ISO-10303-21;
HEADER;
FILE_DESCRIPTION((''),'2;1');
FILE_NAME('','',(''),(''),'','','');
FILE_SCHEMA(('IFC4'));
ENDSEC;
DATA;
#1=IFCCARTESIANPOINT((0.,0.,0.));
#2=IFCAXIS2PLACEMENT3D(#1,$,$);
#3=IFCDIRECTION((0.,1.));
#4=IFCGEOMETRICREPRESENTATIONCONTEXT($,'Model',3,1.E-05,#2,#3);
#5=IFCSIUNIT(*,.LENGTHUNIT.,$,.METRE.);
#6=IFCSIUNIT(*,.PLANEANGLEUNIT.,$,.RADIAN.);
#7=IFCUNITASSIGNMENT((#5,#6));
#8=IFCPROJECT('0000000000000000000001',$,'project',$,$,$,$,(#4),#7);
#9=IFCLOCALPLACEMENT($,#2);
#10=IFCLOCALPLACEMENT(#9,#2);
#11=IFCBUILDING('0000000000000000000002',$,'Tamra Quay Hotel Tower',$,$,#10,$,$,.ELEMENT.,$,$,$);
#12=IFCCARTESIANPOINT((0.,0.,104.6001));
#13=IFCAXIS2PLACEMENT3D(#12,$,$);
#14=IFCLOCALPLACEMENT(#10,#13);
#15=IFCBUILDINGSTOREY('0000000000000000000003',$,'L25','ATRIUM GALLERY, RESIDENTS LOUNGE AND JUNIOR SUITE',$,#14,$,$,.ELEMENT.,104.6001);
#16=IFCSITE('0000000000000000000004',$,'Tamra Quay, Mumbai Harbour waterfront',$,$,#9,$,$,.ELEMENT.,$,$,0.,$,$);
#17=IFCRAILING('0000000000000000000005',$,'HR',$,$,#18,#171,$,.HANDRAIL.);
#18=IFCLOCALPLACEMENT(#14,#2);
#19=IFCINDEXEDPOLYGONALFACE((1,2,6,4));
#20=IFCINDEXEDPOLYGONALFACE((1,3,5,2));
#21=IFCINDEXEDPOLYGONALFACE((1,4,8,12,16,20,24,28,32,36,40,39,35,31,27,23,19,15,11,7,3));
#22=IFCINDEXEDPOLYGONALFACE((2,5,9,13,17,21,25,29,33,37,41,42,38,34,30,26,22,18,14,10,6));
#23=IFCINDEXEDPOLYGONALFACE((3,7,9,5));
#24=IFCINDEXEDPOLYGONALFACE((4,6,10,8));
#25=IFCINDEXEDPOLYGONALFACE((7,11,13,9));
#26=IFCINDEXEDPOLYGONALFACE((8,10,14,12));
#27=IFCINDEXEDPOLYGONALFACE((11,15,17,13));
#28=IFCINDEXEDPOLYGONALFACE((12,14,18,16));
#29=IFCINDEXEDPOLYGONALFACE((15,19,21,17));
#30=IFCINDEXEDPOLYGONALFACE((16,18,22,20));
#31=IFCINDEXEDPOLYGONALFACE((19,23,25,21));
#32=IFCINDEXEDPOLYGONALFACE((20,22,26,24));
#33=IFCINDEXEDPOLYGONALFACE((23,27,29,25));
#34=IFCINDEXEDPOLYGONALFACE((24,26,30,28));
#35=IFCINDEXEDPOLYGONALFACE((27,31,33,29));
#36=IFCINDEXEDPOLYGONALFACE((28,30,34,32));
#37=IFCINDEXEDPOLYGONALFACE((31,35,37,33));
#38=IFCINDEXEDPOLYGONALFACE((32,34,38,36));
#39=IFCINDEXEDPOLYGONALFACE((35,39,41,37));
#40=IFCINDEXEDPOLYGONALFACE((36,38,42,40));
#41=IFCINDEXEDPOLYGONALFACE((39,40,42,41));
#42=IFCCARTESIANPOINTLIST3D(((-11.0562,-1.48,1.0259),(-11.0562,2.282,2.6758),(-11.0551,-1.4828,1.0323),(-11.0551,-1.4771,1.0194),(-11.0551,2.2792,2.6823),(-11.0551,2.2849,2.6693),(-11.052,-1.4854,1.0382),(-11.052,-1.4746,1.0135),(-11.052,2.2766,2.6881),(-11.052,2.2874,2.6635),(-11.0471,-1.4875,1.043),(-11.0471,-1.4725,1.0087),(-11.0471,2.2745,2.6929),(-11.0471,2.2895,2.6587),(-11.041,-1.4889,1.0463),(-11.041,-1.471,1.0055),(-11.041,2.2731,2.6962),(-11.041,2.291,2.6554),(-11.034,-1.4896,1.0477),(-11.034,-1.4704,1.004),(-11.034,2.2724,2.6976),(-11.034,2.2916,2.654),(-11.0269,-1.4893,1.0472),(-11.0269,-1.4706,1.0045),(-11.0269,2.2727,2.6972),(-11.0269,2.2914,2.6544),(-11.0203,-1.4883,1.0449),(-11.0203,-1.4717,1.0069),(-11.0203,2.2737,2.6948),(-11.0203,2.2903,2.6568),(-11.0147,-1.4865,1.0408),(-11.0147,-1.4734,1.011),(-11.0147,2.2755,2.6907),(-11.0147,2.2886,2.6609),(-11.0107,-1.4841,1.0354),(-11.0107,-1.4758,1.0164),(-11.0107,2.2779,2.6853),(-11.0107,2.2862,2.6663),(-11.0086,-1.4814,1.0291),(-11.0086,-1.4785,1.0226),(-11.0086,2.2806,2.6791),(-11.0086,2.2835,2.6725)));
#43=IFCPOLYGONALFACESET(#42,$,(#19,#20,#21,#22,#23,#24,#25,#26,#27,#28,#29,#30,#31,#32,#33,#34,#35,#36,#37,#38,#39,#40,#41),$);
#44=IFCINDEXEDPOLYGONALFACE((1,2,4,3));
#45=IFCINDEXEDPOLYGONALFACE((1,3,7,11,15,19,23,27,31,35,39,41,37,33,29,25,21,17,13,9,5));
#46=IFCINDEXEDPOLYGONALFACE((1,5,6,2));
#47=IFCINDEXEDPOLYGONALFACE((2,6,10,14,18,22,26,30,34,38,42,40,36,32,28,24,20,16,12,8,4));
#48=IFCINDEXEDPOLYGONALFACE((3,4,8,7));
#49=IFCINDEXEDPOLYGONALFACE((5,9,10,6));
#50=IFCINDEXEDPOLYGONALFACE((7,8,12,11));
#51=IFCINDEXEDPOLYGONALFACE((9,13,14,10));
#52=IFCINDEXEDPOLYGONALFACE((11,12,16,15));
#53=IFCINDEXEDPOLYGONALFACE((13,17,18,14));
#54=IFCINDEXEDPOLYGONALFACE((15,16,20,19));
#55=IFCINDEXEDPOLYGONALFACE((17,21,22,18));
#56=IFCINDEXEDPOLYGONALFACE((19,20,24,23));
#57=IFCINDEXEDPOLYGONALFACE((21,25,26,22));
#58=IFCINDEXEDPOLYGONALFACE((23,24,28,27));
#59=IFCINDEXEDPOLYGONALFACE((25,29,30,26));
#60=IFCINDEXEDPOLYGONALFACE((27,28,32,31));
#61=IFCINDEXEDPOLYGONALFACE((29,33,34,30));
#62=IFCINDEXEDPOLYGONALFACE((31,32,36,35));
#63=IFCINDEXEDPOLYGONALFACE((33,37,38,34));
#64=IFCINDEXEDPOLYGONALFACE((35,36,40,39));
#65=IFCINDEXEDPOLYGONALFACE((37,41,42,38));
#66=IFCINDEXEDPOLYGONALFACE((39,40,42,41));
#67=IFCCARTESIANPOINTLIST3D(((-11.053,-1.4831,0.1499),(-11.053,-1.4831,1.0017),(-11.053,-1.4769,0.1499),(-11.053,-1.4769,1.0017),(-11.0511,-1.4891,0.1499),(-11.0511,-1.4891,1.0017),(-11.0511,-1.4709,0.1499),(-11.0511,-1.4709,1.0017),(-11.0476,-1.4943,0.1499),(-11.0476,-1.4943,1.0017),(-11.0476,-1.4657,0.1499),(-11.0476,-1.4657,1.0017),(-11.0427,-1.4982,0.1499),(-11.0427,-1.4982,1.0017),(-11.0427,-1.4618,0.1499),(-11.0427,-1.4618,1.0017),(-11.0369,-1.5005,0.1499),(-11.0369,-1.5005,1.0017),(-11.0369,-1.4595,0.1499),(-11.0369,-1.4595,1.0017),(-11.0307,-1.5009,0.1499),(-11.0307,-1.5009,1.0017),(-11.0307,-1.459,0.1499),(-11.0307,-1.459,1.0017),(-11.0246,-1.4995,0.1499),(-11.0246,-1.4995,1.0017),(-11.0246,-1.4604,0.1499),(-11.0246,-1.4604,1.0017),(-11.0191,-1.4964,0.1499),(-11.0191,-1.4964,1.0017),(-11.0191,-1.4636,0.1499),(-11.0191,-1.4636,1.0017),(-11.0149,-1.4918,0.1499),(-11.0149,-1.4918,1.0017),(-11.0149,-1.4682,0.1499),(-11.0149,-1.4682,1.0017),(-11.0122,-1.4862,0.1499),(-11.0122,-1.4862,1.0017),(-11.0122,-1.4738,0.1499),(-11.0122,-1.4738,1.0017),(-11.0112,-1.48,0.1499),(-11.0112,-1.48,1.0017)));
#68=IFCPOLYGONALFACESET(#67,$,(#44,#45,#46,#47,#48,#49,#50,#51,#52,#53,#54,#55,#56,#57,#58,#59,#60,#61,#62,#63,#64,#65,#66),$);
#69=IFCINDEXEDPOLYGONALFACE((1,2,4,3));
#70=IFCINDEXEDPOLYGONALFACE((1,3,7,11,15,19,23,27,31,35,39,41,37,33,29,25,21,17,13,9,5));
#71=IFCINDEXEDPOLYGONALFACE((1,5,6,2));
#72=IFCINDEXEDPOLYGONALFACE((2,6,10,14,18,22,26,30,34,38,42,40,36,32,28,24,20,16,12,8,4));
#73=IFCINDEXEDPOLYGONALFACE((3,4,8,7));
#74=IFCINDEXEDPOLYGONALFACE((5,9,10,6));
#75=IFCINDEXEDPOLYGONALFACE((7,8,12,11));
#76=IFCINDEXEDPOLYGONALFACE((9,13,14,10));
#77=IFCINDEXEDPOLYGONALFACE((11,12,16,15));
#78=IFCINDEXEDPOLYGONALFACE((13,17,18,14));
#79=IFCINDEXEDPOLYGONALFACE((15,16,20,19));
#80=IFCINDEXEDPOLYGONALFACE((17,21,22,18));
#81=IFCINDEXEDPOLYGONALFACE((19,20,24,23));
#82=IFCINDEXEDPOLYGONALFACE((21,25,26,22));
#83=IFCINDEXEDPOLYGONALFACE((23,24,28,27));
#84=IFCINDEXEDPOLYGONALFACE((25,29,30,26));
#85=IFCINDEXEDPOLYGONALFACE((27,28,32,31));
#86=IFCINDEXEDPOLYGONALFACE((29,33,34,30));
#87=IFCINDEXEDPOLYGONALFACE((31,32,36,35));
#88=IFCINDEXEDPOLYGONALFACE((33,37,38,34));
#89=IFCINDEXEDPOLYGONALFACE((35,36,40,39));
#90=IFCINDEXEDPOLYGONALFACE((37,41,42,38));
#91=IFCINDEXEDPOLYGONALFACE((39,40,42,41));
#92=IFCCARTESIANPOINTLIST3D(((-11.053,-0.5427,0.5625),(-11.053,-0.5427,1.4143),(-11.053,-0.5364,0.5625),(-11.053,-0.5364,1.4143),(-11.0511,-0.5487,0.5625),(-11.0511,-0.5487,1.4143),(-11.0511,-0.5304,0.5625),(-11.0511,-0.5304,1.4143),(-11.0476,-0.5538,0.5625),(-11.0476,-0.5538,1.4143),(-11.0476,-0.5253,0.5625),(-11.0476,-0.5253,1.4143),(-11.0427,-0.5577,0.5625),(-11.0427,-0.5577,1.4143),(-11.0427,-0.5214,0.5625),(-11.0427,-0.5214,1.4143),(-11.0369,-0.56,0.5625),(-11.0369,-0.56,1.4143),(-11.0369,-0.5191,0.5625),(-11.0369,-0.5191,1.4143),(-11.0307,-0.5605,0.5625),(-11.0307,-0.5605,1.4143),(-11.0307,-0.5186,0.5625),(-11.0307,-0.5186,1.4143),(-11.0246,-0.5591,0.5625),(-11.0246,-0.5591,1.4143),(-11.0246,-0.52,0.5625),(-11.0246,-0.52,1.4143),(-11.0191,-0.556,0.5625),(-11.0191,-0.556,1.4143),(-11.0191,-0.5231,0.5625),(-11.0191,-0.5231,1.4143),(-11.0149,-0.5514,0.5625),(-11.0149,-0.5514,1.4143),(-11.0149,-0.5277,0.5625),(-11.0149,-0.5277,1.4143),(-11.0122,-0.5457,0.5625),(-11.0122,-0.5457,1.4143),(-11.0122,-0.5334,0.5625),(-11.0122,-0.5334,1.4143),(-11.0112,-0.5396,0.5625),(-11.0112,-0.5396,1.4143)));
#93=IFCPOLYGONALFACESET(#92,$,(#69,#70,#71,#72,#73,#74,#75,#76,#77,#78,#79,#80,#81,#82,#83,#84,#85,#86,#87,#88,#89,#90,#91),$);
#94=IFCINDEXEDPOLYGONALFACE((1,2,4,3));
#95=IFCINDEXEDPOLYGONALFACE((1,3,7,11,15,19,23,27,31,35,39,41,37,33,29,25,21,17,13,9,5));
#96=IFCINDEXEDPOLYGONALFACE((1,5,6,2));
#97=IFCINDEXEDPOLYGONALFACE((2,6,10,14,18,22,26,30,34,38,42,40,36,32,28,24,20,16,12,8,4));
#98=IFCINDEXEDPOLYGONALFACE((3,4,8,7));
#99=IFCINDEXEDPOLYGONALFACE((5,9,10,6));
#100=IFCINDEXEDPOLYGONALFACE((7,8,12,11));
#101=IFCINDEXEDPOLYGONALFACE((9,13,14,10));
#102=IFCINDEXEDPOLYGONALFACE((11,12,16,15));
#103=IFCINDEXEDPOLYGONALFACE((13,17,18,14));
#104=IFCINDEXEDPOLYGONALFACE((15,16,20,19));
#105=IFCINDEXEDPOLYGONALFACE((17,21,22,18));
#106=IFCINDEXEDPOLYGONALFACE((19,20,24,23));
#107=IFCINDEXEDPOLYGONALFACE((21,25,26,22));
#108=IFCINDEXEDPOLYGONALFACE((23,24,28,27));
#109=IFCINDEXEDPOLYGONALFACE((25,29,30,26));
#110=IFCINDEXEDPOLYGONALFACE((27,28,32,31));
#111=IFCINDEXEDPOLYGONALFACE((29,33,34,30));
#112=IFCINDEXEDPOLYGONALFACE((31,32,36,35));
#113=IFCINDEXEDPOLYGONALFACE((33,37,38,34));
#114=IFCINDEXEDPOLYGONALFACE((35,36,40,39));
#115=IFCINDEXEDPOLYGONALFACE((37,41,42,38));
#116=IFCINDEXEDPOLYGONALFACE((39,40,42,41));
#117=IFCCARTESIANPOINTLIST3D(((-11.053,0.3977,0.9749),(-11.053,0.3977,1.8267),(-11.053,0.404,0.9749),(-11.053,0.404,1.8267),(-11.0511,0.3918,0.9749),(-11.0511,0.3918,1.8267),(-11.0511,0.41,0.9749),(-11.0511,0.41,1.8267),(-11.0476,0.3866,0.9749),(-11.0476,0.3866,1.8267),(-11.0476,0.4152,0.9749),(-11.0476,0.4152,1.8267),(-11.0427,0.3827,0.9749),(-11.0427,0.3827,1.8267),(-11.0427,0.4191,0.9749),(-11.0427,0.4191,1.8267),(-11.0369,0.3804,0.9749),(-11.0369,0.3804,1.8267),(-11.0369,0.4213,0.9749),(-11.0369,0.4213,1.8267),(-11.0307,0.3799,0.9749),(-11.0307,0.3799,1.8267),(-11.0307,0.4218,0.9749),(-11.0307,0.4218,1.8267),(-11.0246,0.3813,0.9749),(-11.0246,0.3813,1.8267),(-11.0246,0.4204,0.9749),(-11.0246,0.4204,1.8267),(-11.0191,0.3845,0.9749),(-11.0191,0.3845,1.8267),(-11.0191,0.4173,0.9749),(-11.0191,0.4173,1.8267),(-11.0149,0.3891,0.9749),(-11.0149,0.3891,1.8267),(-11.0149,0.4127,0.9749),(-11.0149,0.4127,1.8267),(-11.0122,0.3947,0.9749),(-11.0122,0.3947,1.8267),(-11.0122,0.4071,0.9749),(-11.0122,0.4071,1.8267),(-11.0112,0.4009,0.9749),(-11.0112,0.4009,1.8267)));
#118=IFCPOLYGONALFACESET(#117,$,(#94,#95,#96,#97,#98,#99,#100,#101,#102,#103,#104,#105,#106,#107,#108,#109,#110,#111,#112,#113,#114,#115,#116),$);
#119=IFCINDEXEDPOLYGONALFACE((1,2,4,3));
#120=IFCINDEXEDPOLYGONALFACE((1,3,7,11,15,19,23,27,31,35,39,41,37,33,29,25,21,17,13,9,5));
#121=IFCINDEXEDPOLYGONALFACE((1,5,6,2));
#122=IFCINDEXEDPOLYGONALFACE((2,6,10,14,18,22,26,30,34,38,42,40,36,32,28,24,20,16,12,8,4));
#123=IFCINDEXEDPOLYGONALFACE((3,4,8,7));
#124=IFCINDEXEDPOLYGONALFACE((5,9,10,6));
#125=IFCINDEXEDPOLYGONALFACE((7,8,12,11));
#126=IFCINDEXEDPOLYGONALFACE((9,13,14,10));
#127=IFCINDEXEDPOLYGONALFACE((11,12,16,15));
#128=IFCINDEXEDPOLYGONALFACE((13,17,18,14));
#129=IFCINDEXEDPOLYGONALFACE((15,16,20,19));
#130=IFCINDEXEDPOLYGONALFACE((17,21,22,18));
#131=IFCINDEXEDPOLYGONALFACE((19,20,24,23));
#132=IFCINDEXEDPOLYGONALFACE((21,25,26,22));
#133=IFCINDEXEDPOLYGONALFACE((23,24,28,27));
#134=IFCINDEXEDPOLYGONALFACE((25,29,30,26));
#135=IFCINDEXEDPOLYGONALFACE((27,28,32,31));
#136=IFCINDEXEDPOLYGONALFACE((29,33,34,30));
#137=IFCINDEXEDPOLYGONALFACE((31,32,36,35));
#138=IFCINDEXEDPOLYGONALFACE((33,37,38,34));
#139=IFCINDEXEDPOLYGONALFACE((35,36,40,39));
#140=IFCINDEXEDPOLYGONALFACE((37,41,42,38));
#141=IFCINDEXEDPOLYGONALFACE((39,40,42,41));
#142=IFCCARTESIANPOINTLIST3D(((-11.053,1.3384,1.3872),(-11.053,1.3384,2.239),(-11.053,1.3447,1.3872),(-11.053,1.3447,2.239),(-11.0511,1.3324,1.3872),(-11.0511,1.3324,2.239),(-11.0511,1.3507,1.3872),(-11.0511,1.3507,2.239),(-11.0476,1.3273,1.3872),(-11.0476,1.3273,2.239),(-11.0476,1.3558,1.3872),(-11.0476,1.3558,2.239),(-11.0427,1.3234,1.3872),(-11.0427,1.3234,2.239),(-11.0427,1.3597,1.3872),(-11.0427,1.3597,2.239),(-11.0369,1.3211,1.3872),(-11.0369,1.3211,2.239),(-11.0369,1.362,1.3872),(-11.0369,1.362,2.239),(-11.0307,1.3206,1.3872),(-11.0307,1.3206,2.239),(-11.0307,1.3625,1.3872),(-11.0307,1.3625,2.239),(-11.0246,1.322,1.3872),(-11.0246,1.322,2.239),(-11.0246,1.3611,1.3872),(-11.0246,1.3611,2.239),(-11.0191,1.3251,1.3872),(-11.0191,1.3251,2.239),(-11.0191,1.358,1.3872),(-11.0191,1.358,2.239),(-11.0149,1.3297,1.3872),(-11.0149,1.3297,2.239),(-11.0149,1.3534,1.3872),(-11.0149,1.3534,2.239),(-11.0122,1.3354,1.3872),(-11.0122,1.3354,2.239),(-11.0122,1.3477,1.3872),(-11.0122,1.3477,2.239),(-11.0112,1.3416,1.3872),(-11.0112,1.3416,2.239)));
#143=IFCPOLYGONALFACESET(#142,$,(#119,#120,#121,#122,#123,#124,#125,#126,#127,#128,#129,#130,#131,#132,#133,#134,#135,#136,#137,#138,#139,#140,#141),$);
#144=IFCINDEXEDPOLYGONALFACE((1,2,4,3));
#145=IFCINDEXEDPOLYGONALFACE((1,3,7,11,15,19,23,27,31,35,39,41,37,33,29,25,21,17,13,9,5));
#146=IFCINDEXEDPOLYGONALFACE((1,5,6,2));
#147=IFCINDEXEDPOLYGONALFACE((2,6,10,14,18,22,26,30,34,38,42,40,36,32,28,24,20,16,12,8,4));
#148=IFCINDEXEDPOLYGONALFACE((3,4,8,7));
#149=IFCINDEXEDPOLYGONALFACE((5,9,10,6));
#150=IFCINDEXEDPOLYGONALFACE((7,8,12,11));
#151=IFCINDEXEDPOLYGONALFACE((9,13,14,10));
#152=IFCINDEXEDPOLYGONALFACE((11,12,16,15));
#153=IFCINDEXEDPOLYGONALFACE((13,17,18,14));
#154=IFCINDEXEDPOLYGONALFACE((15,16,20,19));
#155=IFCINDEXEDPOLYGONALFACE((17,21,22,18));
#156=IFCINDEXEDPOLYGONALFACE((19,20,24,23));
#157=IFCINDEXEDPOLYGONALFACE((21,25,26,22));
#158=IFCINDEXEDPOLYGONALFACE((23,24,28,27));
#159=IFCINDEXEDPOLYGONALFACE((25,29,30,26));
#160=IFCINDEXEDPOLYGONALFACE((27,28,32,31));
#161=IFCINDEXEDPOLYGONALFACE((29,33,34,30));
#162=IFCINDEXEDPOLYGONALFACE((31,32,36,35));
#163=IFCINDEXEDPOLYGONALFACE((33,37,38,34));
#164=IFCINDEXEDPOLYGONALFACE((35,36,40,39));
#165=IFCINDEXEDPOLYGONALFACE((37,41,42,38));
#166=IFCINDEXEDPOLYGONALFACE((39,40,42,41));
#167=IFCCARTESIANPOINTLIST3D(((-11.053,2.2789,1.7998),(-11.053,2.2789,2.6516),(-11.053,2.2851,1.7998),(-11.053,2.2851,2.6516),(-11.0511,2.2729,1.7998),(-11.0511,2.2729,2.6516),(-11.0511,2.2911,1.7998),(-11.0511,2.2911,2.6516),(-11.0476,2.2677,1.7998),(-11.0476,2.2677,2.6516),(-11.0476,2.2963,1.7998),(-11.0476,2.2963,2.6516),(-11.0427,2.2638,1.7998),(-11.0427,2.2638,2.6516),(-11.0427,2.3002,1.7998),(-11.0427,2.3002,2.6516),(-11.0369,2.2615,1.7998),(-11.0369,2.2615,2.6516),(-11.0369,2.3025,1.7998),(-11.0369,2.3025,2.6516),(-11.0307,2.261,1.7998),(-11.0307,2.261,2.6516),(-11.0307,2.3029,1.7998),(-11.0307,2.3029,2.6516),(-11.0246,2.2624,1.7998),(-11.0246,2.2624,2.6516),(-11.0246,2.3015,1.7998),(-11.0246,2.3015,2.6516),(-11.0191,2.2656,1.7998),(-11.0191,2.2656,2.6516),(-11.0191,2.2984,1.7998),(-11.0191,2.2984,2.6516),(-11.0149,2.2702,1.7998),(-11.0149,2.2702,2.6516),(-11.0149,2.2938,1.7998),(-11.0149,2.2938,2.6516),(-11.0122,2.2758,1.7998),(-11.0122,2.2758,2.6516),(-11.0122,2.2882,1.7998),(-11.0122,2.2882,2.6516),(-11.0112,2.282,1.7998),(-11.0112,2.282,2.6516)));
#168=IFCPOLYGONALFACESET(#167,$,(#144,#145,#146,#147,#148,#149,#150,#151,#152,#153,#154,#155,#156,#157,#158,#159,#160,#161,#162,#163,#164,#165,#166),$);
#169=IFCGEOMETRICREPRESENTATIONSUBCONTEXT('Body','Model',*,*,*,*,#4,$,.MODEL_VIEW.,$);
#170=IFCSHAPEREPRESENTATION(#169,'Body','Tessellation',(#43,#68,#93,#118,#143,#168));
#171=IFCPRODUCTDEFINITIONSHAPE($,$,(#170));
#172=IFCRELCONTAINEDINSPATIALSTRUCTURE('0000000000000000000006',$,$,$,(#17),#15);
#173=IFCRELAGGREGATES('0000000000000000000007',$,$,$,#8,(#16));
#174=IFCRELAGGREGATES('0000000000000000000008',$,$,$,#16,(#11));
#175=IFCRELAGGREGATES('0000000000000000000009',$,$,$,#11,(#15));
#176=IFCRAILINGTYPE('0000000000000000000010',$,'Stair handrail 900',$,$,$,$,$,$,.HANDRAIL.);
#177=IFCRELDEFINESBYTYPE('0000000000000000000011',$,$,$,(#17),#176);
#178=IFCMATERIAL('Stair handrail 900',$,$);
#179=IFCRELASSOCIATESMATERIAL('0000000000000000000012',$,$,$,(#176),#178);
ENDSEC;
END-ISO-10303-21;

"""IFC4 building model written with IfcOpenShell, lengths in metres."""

from ifc_helpers import new_model, si_unit, direction, frame, origin, origin_2d, place, context, subcontext, project, spatial, circle, extrude, material, type_object, element, save


model = new_model("IFC4")

# Units and contexts
model_context = context("Model", 3, precision=1e-05, world=origin(), true_north=direction((0.0, 1.0)))
body_context = subcontext(model_context, "Body", "Model", "MODEL_VIEW")
ifc_project = project(units=[si_unit("LENGTHUNIT", "METRE"), si_unit("PLANEANGLEUNIT", "RADIAN")], contexts=[model_context])

# Site, building, storey
site_placement = place(None, origin())
site = spatial("IfcSite", under=ifc_project, at=site_placement, Name="Tamra Quay, Mumbai Harbour waterfront", CompositionType="ELEMENT", RefElevation=0.0)
building_placement = place(site_placement, origin())
building = spatial("IfcBuilding", under=site, at=building_placement, Name="Tamra Quay Hotel Tower", CompositionType="ELEMENT")
storey_placement = place(building_placement, frame((0.0, 0.0, 104.6001)))
storey = spatial("IfcBuildingStorey", under=building, at=storey_placement, Name="L25", Description="ATRIUM GALLERY, RESIDENTS LOUNGE AND JUNIOR SUITE", CompositionType="ELEMENT", Elevation=104.6001)

# Railing
ifc_material_1 = material(Name="Stair handrail 900")
railing_type_1 = type_object("IfcRailingType", Name="Stair handrail 900", PredefinedType="HANDRAIL", material=ifc_material_1)
railing_1_placement = place(storey_placement, frame((-11.0322, -1.48, 0.1499)))
element("IfcRailing", 1, at=railing_1_placement, inside=storey, type_object=railing_type_1, Name="HR", PredefinedType="HANDRAIL", context=body_context, shape_type="SweptSolid", body=[
    extrude(circle(Radius=0.0239, at=origin_2d()), frame((0.0, 0.0, 0.876), z_axis=(0.0, 0.915795, 0.401645), x_axis=(-1.0, 0.0, 0.0)), (0.0, 0.0, 1.0), 4.1079),
    extrude(circle(Radius=0.021, at=origin_2d()), origin(), (0.0, 0.0, 1.0), 0.8518),
    extrude(circle(Radius=0.021, at=origin_2d()), frame((0.0, 0.9404, 0.4126)), (0.0, 0.0, 1.0), 0.8518),
    extrude(circle(Radius=0.021, at=origin_2d()), frame((0.0, 1.8809, 0.825)), (0.0, 0.0, 1.0), 0.8518),
    extrude(circle(Radius=0.021, at=origin_2d()), frame((0.0, 2.8215, 1.2373)), (0.0, 0.0, 1.0), 0.8518),
    extrude(circle(Radius=0.021, at=origin_2d()), frame((0.0, 3.762, 1.6499)), (0.0, 0.0, 1.0), 0.8518),
])

save(model, "model.ifc")
